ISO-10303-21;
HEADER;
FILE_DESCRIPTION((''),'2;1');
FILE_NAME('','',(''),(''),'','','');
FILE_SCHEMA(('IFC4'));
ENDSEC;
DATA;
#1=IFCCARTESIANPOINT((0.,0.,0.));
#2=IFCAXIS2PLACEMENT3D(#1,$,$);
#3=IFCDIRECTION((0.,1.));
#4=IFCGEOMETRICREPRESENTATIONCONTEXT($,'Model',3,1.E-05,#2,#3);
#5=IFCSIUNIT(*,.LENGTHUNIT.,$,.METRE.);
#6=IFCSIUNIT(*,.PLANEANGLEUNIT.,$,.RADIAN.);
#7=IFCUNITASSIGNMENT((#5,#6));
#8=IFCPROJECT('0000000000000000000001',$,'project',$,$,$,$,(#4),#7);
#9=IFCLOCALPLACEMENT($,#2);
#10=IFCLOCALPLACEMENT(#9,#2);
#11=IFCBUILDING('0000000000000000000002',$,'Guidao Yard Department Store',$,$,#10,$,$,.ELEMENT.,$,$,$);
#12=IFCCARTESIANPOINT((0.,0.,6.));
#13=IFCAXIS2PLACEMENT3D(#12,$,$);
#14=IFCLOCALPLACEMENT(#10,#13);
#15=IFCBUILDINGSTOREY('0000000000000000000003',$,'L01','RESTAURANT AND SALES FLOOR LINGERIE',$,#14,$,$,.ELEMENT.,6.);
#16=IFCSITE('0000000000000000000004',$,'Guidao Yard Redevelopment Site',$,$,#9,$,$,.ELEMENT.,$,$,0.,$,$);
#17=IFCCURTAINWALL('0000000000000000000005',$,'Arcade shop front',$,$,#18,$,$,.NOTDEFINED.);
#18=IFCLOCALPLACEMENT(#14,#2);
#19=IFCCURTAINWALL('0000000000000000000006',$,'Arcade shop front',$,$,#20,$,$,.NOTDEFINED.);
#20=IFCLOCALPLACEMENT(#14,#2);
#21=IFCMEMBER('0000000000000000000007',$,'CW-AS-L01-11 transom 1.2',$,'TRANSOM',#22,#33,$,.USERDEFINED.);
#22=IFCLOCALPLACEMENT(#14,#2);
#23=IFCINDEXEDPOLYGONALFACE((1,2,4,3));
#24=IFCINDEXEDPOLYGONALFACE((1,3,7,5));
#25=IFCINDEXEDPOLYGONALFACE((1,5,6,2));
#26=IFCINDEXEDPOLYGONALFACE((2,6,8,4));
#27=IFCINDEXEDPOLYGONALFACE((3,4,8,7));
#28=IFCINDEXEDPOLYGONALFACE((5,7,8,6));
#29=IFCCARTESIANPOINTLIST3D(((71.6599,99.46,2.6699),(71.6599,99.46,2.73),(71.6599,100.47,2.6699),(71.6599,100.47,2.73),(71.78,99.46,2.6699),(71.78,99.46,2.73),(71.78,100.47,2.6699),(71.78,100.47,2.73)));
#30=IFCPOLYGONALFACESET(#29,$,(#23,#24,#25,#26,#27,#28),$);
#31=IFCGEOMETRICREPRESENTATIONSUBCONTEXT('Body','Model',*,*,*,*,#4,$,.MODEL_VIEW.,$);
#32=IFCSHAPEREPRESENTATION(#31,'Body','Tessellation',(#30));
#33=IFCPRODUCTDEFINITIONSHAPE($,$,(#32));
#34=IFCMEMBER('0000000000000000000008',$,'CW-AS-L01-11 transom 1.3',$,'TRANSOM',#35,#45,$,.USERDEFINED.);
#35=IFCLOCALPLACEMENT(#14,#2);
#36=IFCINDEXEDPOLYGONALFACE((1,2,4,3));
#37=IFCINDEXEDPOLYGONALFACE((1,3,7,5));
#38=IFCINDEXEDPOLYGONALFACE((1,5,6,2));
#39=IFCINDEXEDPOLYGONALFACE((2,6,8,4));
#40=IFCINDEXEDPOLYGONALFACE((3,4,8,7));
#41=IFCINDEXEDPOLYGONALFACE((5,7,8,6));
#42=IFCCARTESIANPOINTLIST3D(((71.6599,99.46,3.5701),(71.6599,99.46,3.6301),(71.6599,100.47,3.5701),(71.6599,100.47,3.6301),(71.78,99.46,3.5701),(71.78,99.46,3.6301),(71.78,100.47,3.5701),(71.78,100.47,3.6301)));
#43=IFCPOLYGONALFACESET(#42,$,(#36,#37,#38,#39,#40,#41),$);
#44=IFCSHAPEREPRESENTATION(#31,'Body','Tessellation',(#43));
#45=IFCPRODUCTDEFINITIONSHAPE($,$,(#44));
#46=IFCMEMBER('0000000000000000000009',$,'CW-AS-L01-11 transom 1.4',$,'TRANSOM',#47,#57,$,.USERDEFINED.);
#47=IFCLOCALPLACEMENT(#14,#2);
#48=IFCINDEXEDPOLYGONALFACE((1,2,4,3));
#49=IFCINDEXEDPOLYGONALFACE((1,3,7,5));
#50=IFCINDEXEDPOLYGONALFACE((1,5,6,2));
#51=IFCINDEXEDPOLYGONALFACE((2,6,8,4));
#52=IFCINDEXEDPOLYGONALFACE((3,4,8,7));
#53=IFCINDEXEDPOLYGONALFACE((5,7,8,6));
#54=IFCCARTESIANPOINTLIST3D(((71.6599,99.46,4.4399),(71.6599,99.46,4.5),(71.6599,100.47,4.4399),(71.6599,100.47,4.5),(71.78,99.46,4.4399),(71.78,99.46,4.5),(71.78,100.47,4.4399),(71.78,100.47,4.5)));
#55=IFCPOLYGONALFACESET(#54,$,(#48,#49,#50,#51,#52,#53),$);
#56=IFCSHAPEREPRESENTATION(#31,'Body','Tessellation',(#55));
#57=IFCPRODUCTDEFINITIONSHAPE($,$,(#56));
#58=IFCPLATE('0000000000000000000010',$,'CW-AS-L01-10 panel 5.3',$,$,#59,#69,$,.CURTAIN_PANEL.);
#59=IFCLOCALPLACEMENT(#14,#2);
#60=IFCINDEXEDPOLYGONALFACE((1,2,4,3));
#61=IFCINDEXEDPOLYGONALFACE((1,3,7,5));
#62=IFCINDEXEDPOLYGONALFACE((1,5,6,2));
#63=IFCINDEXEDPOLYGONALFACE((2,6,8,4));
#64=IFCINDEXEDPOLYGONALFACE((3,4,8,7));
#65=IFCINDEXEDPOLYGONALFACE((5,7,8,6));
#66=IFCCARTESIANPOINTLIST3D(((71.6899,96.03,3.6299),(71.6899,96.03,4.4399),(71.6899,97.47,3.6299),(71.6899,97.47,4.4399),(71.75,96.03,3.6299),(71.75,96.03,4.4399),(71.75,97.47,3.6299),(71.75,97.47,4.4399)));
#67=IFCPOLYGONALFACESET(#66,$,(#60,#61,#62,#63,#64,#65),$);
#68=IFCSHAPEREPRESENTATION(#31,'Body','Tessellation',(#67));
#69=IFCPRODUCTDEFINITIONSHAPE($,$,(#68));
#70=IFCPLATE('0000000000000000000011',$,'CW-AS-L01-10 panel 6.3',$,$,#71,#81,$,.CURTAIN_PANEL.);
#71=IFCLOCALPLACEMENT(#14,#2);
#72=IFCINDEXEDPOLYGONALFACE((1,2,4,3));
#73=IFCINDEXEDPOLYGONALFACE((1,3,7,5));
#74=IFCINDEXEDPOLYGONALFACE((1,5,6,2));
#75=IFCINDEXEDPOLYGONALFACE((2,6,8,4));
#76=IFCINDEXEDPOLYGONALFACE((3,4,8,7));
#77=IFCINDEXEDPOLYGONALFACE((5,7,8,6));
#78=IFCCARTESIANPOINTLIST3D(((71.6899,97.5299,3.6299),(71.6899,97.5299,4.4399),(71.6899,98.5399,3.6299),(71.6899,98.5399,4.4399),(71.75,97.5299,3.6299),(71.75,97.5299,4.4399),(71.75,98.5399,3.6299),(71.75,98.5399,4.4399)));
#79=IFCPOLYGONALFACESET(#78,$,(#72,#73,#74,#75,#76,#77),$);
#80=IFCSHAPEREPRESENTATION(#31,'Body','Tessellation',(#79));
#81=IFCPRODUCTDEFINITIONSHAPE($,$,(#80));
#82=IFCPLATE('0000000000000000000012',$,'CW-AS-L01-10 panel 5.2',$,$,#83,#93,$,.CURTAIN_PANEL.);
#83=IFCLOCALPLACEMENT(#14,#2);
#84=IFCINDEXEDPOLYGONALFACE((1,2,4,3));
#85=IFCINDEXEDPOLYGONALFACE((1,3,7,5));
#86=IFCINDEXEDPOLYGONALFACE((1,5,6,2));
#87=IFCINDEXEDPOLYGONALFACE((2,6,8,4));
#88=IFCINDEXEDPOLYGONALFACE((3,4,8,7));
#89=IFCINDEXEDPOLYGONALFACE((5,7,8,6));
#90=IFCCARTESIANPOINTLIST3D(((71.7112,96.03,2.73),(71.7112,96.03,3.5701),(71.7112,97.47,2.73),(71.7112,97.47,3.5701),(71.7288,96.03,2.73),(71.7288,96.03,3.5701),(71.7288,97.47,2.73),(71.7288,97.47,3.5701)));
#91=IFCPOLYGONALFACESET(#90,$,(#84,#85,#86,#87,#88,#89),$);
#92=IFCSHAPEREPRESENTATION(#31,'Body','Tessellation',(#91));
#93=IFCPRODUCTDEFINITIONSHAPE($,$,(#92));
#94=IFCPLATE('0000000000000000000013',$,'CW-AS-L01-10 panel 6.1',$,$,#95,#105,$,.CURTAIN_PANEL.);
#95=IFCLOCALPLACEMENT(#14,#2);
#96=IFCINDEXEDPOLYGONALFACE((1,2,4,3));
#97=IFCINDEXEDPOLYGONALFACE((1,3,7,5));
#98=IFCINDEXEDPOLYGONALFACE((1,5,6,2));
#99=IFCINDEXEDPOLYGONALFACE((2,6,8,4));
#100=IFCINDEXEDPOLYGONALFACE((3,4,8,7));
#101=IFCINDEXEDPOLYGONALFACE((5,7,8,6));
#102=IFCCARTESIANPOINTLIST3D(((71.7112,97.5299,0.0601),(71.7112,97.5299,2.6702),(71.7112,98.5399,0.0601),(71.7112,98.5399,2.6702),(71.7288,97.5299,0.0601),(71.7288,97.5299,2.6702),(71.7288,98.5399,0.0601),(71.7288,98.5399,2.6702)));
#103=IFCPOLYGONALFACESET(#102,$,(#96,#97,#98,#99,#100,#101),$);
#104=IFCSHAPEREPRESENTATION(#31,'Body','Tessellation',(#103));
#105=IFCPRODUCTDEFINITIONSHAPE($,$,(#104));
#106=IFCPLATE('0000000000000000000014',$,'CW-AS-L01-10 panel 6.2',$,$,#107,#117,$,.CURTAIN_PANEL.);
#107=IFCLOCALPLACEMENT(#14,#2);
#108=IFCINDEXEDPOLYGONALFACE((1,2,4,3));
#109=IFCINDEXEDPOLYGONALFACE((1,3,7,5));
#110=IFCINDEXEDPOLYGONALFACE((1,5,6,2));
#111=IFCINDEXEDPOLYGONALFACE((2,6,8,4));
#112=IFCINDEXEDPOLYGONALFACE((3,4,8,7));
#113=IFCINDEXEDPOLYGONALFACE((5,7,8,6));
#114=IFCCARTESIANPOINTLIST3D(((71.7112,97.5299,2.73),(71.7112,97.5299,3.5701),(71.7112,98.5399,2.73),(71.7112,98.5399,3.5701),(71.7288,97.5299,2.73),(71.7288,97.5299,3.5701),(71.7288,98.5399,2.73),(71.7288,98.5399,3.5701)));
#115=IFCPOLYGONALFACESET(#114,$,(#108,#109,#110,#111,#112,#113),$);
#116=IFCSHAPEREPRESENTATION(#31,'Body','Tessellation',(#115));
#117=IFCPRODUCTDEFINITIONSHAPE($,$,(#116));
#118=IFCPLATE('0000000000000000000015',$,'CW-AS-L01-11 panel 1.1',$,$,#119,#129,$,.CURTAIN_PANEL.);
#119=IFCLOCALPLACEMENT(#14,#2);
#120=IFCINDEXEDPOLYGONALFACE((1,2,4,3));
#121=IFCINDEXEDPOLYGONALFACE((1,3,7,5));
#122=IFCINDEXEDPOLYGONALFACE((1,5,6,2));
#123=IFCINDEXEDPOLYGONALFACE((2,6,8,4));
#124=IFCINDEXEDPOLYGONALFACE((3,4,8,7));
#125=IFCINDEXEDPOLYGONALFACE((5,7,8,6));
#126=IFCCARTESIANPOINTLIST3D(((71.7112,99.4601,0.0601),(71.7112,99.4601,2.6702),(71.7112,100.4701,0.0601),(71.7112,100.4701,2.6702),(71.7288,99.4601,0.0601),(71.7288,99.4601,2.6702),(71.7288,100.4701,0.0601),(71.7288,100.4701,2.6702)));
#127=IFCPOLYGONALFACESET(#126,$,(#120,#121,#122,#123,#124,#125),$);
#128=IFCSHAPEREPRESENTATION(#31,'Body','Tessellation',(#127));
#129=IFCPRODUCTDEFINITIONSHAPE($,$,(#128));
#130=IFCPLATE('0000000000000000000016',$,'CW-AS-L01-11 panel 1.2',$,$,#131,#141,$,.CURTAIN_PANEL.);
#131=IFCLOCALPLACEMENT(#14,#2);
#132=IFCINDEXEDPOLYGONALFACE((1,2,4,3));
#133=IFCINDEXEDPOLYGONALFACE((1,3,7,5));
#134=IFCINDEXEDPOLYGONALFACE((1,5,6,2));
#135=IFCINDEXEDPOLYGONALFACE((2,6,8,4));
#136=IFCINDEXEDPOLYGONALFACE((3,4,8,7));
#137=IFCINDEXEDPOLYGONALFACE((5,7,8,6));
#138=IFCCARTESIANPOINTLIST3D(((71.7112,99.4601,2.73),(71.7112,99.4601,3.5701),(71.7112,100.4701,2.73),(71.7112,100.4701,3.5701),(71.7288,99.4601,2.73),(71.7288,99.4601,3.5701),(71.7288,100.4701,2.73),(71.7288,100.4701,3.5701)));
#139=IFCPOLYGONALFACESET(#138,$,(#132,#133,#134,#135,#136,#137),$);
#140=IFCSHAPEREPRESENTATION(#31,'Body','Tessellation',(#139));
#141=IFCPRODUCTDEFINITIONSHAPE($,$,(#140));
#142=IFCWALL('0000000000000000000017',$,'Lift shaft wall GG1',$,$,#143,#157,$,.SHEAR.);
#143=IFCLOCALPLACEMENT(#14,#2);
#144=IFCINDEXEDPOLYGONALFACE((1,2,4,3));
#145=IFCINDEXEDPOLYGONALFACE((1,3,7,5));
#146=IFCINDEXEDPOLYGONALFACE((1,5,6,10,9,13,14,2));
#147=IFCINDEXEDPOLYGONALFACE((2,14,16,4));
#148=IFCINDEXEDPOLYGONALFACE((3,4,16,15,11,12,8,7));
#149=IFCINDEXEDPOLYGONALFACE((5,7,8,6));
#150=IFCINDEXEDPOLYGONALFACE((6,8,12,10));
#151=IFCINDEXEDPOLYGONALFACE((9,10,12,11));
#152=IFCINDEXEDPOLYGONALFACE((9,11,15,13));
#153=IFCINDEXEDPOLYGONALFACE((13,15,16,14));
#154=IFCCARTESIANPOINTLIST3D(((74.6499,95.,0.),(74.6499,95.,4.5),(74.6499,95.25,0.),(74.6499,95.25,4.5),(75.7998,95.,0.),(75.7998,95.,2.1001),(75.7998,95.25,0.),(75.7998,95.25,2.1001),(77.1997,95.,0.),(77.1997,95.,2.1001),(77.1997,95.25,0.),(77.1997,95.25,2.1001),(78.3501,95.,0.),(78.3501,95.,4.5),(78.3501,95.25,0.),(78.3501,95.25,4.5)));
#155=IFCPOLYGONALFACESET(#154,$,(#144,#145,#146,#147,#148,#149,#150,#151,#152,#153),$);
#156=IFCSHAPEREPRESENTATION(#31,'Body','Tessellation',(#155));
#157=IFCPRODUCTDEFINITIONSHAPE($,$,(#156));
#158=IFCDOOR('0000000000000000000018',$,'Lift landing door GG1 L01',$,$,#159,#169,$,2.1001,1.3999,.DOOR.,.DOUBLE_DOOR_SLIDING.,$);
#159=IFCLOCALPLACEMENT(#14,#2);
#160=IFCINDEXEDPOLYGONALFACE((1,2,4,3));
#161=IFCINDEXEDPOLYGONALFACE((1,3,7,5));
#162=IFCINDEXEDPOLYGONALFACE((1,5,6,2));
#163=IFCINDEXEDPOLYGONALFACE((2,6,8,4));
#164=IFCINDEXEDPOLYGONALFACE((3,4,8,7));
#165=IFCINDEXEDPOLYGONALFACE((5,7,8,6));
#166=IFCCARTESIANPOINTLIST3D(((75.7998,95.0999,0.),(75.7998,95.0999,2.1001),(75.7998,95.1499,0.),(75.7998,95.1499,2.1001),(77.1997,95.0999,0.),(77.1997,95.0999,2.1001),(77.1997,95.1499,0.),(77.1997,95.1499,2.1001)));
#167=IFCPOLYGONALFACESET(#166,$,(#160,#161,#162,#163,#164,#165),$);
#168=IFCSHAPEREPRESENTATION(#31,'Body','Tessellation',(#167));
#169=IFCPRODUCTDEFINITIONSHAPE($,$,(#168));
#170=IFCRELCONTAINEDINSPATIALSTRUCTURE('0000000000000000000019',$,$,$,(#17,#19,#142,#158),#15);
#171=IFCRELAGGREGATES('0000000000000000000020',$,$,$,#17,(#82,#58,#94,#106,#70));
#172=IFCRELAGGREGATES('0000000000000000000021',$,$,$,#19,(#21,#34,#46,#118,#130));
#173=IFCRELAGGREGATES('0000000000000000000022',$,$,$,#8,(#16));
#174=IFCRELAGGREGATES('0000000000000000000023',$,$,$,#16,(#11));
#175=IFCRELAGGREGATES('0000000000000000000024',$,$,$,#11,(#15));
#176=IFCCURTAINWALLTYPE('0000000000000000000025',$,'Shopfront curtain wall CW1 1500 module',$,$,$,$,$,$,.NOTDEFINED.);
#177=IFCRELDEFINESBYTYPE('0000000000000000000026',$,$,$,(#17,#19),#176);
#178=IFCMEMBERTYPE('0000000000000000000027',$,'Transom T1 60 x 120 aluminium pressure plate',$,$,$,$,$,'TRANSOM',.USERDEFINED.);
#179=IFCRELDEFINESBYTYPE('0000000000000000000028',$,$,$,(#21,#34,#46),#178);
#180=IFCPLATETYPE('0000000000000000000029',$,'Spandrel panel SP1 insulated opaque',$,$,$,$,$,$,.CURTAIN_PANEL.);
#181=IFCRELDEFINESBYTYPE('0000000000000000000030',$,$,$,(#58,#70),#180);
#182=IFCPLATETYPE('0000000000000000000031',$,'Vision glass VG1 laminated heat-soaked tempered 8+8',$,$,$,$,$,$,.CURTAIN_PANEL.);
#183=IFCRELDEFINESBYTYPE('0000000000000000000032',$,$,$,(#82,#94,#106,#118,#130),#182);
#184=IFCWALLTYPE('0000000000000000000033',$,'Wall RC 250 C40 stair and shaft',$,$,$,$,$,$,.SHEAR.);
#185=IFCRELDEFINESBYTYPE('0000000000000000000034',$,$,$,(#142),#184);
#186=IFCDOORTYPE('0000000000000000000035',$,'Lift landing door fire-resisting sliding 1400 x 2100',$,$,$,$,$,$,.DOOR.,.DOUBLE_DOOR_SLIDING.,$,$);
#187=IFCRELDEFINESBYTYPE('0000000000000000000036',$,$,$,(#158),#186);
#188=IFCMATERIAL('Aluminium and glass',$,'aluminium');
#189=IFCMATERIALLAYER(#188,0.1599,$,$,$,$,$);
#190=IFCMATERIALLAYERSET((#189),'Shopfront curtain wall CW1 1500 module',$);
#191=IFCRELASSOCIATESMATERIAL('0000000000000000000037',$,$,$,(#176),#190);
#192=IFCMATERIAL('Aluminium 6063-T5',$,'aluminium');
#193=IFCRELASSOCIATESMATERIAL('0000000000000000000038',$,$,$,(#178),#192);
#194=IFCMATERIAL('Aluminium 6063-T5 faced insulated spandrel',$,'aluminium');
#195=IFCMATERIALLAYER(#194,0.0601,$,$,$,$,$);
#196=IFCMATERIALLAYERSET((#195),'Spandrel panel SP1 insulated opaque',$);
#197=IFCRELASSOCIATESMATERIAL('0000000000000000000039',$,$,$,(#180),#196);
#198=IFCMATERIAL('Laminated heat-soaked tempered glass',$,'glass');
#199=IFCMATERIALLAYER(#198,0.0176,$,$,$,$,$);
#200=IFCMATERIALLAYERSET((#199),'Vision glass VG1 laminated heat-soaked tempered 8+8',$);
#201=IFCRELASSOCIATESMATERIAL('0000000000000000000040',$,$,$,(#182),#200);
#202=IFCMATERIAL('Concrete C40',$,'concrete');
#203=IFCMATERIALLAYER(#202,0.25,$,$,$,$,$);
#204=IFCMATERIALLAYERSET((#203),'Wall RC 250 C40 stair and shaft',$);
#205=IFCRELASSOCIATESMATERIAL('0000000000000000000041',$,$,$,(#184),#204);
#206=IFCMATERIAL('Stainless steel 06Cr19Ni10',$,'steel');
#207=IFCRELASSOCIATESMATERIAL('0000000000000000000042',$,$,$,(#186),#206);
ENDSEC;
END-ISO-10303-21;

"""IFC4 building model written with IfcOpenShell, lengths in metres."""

from ifc_helpers import new_model, si_unit, direction, frame, frame_2d, origin, origin_2d, place, context, subcontext, project, spatial, rectangle, extrude, material, layer, layer_set, material_profile, profile_set, type_object, element, fill, aggregate, save


model = new_model("IFC4")

# Units and contexts
model_context = context("Model", 3, precision=1e-05, world=origin(), true_north=direction((0.0, 1.0)))
body_context = subcontext(model_context, "Body", "Model", "MODEL_VIEW")
ifc_project = project(units=[si_unit("LENGTHUNIT", "METRE"), si_unit("PLANEANGLEUNIT", "RADIAN")], contexts=[model_context])

# Site, building, storey
site_placement = place(None, origin())
site = spatial("IfcSite", under=ifc_project, at=site_placement, Name="Guidao Yard Redevelopment Site", CompositionType="ELEMENT", RefElevation=0.0)
building_placement = place(site_placement, origin())
building = spatial("IfcBuilding", under=site, at=building_placement, Name="Guidao Yard Department Store", CompositionType="ELEMENT")
storey_placement = place(building_placement, frame((0.0, 0.0, 6.0)))
storey = spatial("IfcBuildingStorey", under=building, at=storey_placement, Name="L01", Description="RESTAURANT AND SALES FLOOR LINGERIE", CompositionType="ELEMENT", Elevation=6.0)

# Curtain wall
ifc_material_1 = material(Name="Aluminium and glass", Category="aluminium")
ifc_layer_1 = layer(ifc_material_1, 0.1599)
ifc_layer_set_1 = layer_set([ifc_layer_1], Name="Shopfront curtain wall CW1 1500 module")
curtain_wall_type = type_object("IfcCurtainWallType", Name="Shopfront curtain wall CW1 1500 module", PredefinedType="NOTDEFINED", material=ifc_layer_set_1)
curtain_wall_1_placement = place(storey_placement, origin())
curtain_wall_1 = element("IfcCurtainWall", 1, at=curtain_wall_1_placement, inside=storey, type_object=curtain_wall_type, Name="Arcade shop front", PredefinedType="NOTDEFINED")

# Curtain wall
curtain_wall_2_placement = place(storey_placement, origin())
curtain_wall_2 = element("IfcCurtainWall", 2, at=curtain_wall_2_placement, inside=storey, type_object=curtain_wall_type, Name="Arcade shop front", PredefinedType="NOTDEFINED")

# Members
ifc_material_2 = material(Name="Aluminium 6063-T5", Category="aluminium")
ifc_material_profile_1 = material_profile(ifc_material_2, rectangle(XDim=0.1201, YDim=0.0601, at=origin_2d()), Name="Transom T1 60 x 120 aluminium pressure plate")
ifc_profile_set_1 = profile_set([ifc_material_profile_1], Name="Aluminium 6063-T5")
member_type_1 = type_object("IfcMemberType", Name="Transom T1 60 x 120 aluminium pressure plate", ElementType="TRANSOM", PredefinedType="USERDEFINED", material=ifc_profile_set_1)
member_1_placement = place(storey_placement, frame((71.72, 99.46, 2.7), z_axis=(0.0, 1.0, 0.0), x_axis=(-1.0, 0.0, 0.0)))
member_1 = element("IfcMember", 3, at=member_1_placement, type_object=member_type_1, Name="CW-AS-L01-11 transom 1.2", ObjectType="TRANSOM", PredefinedType="USERDEFINED", context=body_context, shape_type="SweptSolid", body=[
    extrude(rectangle(XDim=0.1201, YDim=0.0601, at=origin_2d()), origin(), (0.0, 0.0, 1.0), 1.01),
])
member_2_placement = place(storey_placement, frame((71.72, 99.46, 3.6001), z_axis=(0.0, 1.0, 0.0), x_axis=(-1.0, 0.0, 0.0)))
member_2 = element("IfcMember", 4, at=member_2_placement, type_object=member_type_1, Name="CW-AS-L01-11 transom 1.3", ObjectType="TRANSOM", PredefinedType="USERDEFINED", context=body_context, shape_type="SweptSolid", body=[
    extrude(rectangle(XDim=0.1201, YDim=0.0601, at=origin_2d()), origin(), (0.0, 0.0, 1.0), 1.01),
])
member_3_placement = place(storey_placement, frame((71.72, 99.46, 4.47), z_axis=(0.0, 1.0, 0.0), x_axis=(-1.0, 0.0, 0.0)))
member_3 = element("IfcMember", 5, at=member_3_placement, type_object=member_type_1, Name="CW-AS-L01-11 transom 1.4", ObjectType="TRANSOM", PredefinedType="USERDEFINED", context=body_context, shape_type="SweptSolid", body=[
    extrude(rectangle(XDim=0.1201, YDim=0.0601, at=origin_2d()), origin(), (0.0, 0.0, 1.0), 1.01),
])

# Plates
ifc_material_3 = material(Name="Aluminium 6063-T5 faced insulated spandrel", Category="aluminium")
ifc_layer_2 = layer(ifc_material_3, 0.0601)
ifc_layer_set_2 = layer_set([ifc_layer_2], Name="Spandrel panel SP1 insulated opaque")
plate_type_1 = type_object("IfcPlateType", Name="Spandrel panel SP1 insulated opaque", PredefinedType="CURTAIN_PANEL", material=ifc_layer_set_2)
plate_1_placement = place(storey_placement, frame((71.72, 96.75, 3.6299), z_axis=(0.0, 0.0, 1.0), x_axis=(0.0, 1.0, 0.0)))
plate_1 = element("IfcPlate", 6, at=plate_1_placement, type_object=plate_type_1, Name="CW-AS-L01-10 panel 5.3", PredefinedType="CURTAIN_PANEL", context=body_context, shape_type="SweptSolid", body=[
    extrude(rectangle(XDim=1.4399, YDim=0.0601, at=origin_2d()), origin(), (0.0, 0.0, 1.0), 0.8101),
])
plate_2_placement = place(storey_placement, frame((71.72, 98.0349, 3.6299), z_axis=(0.0, 0.0, 1.0), x_axis=(0.0, 1.0, 0.0)))
plate_2 = element("IfcPlate", 7, at=plate_2_placement, type_object=plate_type_1, Name="CW-AS-L01-10 panel 6.3", PredefinedType="CURTAIN_PANEL", context=body_context, shape_type="SweptSolid", body=[
    extrude(rectangle(XDim=1.01, YDim=0.0601, at=origin_2d()), origin(), (0.0, 0.0, 1.0), 0.8101),
])
ifc_material_4 = material(Name="Laminated heat-soaked tempered glass", Category="glass")
ifc_layer_3 = layer(ifc_material_4, 0.0176)
ifc_layer_set_3 = layer_set([ifc_layer_3], Name="Vision glass VG1 laminated heat-soaked tempered 8+8")
plate_type_2 = type_object("IfcPlateType", Name="Vision glass VG1 laminated heat-soaked tempered 8+8", PredefinedType="CURTAIN_PANEL", material=ifc_layer_set_3)
plate_3_placement = place(storey_placement, frame((71.72, 96.75, 2.73), z_axis=(0.0, 0.0, 1.0), x_axis=(0.0, 1.0, 0.0)))
plate_3 = element("IfcPlate", 8, at=plate_3_placement, type_object=plate_type_2, Name="CW-AS-L01-10 panel 5.2", PredefinedType="CURTAIN_PANEL", context=body_context, shape_type="SweptSolid", body=[
    extrude(rectangle(XDim=1.4399, YDim=0.0176, at=origin_2d()), origin(), (0.0, 0.0, 1.0), 0.8401),
])
plate_4_placement = place(storey_placement, frame((71.72, 98.0349, 0.0601), z_axis=(0.0, 0.0, 1.0), x_axis=(0.0, 1.0, 0.0)))
plate_4 = element("IfcPlate", 9, at=plate_4_placement, type_object=plate_type_2, Name="CW-AS-L01-10 panel 6.1", PredefinedType="CURTAIN_PANEL", context=body_context, shape_type="SweptSolid", body=[
    extrude(rectangle(XDim=1.01, YDim=0.0176, at=origin_2d()), origin(), (0.0, 0.0, 1.0), 2.6101),
])
plate_5_placement = place(storey_placement, frame((71.72, 98.0349, 2.73), z_axis=(0.0, 0.0, 1.0), x_axis=(0.0, 1.0, 0.0)))
plate_5 = element("IfcPlate", 10, at=plate_5_placement, type_object=plate_type_2, Name="CW-AS-L01-10 panel 6.2", PredefinedType="CURTAIN_PANEL", context=body_context, shape_type="SweptSolid", body=[
    extrude(rectangle(XDim=1.01, YDim=0.0176, at=origin_2d()), origin(), (0.0, 0.0, 1.0), 0.8401),
])
aggregate(curtain_wall_1, [plate_3, plate_1, plate_4, plate_5, plate_2])
plate_6_placement = place(storey_placement, frame((71.72, 99.9651, 0.0601), z_axis=(0.0, 0.0, 1.0), x_axis=(0.0, 1.0, 0.0)))
plate_6 = element("IfcPlate", 11, at=plate_6_placement, type_object=plate_type_2, Name="CW-AS-L01-11 panel 1.1", PredefinedType="CURTAIN_PANEL", context=body_context, shape_type="SweptSolid", body=[
    extrude(rectangle(XDim=1.01, YDim=0.0176, at=origin_2d()), origin(), (0.0, 0.0, 1.0), 2.6101),
])
plate_7_placement = place(storey_placement, frame((71.72, 99.9651, 2.73), z_axis=(0.0, 0.0, 1.0), x_axis=(0.0, 1.0, 0.0)))
plate_7 = element("IfcPlate", 12, at=plate_7_placement, type_object=plate_type_2, Name="CW-AS-L01-11 panel 1.2", PredefinedType="CURTAIN_PANEL", context=body_context, shape_type="SweptSolid", body=[
    extrude(rectangle(XDim=1.01, YDim=0.0176, at=origin_2d()), origin(), (0.0, 0.0, 1.0), 0.8401),
])
aggregate(curtain_wall_2, [member_1, member_2, member_3, plate_6, plate_7])

# Wall, opening, door
ifc_material_5 = material(Name="Concrete C40", Category="concrete")
ifc_layer_4 = layer(ifc_material_5, 0.25)
ifc_layer_set_4 = layer_set([ifc_layer_4], Name="Wall RC 250 C40 stair and shaft")
wall_type = type_object("IfcWallType", Name="Wall RC 250 C40 stair and shaft", PredefinedType="SHEAR", material=ifc_layer_set_4)
wall_placement = place(storey_placement, frame((74.6499, 95.125, 0.0), z_axis=(0.0, 0.0, 1.0), x_axis=(1.0, 0.0, 0.0)))
wall = element("IfcWall", 13, at=wall_placement, inside=storey, type_object=wall_type, Name="Lift shaft wall GG1", PredefinedType="SHEAR", context=body_context, shape_type="SweptSolid", body=[
    extrude(rectangle(XDim=3.7002, YDim=0.25, at=frame_2d((1.8501, 0.0))), origin(), (0.0, 0.0, 1.0), 4.5),
])
opening_placement = place(wall_placement, frame((1.1499, 0.0, 0.0)))
opening = element("IfcOpeningElement", 14, at=opening_placement, cuts=wall, PredefinedType="OPENING", context=body_context, shape_type="SweptSolid", body=[
    extrude(rectangle(XDim=1.3999, YDim=2.1001, at=frame_2d((0.7, 1.05))), frame((0.0, 0.135, 0.0), z_axis=(0.0, -1.0, 0.0), x_axis=(1.0, 0.0, 0.0)), (0.0, 0.0, 1.0), 0.27),
])
ifc_material_6 = material(Name="Stainless steel 06Cr19Ni10", Category="steel")
door_type = type_object("IfcDoorType", Name="Lift landing door fire-resisting sliding 1400 x 2100", OperationType="DOUBLE_DOOR_SLIDING", PredefinedType="DOOR", material=ifc_material_6)
door_placement = place(opening_placement, origin())
door = element("IfcDoor", 15, at=door_placement, inside=storey, type_object=door_type, Name="Lift landing door GG1 L01", OperationType="DOUBLE_DOOR_SLIDING", OverallHeight=2.1001, OverallWidth=1.3999, PredefinedType="DOOR", context=body_context, shape_type="SweptSolid", body=[
    extrude(rectangle(XDim=1.3999, YDim=2.1001, at=frame_2d((0.7, 1.05))), frame((0.0, 0.0249, 0.0), z_axis=(0.0, -1.0, 0.0), x_axis=(1.0, 0.0, 0.0)), (0.0, 0.0, 1.0), 0.05),
])
fill(opening, door)

save(model, "model.ifc")
